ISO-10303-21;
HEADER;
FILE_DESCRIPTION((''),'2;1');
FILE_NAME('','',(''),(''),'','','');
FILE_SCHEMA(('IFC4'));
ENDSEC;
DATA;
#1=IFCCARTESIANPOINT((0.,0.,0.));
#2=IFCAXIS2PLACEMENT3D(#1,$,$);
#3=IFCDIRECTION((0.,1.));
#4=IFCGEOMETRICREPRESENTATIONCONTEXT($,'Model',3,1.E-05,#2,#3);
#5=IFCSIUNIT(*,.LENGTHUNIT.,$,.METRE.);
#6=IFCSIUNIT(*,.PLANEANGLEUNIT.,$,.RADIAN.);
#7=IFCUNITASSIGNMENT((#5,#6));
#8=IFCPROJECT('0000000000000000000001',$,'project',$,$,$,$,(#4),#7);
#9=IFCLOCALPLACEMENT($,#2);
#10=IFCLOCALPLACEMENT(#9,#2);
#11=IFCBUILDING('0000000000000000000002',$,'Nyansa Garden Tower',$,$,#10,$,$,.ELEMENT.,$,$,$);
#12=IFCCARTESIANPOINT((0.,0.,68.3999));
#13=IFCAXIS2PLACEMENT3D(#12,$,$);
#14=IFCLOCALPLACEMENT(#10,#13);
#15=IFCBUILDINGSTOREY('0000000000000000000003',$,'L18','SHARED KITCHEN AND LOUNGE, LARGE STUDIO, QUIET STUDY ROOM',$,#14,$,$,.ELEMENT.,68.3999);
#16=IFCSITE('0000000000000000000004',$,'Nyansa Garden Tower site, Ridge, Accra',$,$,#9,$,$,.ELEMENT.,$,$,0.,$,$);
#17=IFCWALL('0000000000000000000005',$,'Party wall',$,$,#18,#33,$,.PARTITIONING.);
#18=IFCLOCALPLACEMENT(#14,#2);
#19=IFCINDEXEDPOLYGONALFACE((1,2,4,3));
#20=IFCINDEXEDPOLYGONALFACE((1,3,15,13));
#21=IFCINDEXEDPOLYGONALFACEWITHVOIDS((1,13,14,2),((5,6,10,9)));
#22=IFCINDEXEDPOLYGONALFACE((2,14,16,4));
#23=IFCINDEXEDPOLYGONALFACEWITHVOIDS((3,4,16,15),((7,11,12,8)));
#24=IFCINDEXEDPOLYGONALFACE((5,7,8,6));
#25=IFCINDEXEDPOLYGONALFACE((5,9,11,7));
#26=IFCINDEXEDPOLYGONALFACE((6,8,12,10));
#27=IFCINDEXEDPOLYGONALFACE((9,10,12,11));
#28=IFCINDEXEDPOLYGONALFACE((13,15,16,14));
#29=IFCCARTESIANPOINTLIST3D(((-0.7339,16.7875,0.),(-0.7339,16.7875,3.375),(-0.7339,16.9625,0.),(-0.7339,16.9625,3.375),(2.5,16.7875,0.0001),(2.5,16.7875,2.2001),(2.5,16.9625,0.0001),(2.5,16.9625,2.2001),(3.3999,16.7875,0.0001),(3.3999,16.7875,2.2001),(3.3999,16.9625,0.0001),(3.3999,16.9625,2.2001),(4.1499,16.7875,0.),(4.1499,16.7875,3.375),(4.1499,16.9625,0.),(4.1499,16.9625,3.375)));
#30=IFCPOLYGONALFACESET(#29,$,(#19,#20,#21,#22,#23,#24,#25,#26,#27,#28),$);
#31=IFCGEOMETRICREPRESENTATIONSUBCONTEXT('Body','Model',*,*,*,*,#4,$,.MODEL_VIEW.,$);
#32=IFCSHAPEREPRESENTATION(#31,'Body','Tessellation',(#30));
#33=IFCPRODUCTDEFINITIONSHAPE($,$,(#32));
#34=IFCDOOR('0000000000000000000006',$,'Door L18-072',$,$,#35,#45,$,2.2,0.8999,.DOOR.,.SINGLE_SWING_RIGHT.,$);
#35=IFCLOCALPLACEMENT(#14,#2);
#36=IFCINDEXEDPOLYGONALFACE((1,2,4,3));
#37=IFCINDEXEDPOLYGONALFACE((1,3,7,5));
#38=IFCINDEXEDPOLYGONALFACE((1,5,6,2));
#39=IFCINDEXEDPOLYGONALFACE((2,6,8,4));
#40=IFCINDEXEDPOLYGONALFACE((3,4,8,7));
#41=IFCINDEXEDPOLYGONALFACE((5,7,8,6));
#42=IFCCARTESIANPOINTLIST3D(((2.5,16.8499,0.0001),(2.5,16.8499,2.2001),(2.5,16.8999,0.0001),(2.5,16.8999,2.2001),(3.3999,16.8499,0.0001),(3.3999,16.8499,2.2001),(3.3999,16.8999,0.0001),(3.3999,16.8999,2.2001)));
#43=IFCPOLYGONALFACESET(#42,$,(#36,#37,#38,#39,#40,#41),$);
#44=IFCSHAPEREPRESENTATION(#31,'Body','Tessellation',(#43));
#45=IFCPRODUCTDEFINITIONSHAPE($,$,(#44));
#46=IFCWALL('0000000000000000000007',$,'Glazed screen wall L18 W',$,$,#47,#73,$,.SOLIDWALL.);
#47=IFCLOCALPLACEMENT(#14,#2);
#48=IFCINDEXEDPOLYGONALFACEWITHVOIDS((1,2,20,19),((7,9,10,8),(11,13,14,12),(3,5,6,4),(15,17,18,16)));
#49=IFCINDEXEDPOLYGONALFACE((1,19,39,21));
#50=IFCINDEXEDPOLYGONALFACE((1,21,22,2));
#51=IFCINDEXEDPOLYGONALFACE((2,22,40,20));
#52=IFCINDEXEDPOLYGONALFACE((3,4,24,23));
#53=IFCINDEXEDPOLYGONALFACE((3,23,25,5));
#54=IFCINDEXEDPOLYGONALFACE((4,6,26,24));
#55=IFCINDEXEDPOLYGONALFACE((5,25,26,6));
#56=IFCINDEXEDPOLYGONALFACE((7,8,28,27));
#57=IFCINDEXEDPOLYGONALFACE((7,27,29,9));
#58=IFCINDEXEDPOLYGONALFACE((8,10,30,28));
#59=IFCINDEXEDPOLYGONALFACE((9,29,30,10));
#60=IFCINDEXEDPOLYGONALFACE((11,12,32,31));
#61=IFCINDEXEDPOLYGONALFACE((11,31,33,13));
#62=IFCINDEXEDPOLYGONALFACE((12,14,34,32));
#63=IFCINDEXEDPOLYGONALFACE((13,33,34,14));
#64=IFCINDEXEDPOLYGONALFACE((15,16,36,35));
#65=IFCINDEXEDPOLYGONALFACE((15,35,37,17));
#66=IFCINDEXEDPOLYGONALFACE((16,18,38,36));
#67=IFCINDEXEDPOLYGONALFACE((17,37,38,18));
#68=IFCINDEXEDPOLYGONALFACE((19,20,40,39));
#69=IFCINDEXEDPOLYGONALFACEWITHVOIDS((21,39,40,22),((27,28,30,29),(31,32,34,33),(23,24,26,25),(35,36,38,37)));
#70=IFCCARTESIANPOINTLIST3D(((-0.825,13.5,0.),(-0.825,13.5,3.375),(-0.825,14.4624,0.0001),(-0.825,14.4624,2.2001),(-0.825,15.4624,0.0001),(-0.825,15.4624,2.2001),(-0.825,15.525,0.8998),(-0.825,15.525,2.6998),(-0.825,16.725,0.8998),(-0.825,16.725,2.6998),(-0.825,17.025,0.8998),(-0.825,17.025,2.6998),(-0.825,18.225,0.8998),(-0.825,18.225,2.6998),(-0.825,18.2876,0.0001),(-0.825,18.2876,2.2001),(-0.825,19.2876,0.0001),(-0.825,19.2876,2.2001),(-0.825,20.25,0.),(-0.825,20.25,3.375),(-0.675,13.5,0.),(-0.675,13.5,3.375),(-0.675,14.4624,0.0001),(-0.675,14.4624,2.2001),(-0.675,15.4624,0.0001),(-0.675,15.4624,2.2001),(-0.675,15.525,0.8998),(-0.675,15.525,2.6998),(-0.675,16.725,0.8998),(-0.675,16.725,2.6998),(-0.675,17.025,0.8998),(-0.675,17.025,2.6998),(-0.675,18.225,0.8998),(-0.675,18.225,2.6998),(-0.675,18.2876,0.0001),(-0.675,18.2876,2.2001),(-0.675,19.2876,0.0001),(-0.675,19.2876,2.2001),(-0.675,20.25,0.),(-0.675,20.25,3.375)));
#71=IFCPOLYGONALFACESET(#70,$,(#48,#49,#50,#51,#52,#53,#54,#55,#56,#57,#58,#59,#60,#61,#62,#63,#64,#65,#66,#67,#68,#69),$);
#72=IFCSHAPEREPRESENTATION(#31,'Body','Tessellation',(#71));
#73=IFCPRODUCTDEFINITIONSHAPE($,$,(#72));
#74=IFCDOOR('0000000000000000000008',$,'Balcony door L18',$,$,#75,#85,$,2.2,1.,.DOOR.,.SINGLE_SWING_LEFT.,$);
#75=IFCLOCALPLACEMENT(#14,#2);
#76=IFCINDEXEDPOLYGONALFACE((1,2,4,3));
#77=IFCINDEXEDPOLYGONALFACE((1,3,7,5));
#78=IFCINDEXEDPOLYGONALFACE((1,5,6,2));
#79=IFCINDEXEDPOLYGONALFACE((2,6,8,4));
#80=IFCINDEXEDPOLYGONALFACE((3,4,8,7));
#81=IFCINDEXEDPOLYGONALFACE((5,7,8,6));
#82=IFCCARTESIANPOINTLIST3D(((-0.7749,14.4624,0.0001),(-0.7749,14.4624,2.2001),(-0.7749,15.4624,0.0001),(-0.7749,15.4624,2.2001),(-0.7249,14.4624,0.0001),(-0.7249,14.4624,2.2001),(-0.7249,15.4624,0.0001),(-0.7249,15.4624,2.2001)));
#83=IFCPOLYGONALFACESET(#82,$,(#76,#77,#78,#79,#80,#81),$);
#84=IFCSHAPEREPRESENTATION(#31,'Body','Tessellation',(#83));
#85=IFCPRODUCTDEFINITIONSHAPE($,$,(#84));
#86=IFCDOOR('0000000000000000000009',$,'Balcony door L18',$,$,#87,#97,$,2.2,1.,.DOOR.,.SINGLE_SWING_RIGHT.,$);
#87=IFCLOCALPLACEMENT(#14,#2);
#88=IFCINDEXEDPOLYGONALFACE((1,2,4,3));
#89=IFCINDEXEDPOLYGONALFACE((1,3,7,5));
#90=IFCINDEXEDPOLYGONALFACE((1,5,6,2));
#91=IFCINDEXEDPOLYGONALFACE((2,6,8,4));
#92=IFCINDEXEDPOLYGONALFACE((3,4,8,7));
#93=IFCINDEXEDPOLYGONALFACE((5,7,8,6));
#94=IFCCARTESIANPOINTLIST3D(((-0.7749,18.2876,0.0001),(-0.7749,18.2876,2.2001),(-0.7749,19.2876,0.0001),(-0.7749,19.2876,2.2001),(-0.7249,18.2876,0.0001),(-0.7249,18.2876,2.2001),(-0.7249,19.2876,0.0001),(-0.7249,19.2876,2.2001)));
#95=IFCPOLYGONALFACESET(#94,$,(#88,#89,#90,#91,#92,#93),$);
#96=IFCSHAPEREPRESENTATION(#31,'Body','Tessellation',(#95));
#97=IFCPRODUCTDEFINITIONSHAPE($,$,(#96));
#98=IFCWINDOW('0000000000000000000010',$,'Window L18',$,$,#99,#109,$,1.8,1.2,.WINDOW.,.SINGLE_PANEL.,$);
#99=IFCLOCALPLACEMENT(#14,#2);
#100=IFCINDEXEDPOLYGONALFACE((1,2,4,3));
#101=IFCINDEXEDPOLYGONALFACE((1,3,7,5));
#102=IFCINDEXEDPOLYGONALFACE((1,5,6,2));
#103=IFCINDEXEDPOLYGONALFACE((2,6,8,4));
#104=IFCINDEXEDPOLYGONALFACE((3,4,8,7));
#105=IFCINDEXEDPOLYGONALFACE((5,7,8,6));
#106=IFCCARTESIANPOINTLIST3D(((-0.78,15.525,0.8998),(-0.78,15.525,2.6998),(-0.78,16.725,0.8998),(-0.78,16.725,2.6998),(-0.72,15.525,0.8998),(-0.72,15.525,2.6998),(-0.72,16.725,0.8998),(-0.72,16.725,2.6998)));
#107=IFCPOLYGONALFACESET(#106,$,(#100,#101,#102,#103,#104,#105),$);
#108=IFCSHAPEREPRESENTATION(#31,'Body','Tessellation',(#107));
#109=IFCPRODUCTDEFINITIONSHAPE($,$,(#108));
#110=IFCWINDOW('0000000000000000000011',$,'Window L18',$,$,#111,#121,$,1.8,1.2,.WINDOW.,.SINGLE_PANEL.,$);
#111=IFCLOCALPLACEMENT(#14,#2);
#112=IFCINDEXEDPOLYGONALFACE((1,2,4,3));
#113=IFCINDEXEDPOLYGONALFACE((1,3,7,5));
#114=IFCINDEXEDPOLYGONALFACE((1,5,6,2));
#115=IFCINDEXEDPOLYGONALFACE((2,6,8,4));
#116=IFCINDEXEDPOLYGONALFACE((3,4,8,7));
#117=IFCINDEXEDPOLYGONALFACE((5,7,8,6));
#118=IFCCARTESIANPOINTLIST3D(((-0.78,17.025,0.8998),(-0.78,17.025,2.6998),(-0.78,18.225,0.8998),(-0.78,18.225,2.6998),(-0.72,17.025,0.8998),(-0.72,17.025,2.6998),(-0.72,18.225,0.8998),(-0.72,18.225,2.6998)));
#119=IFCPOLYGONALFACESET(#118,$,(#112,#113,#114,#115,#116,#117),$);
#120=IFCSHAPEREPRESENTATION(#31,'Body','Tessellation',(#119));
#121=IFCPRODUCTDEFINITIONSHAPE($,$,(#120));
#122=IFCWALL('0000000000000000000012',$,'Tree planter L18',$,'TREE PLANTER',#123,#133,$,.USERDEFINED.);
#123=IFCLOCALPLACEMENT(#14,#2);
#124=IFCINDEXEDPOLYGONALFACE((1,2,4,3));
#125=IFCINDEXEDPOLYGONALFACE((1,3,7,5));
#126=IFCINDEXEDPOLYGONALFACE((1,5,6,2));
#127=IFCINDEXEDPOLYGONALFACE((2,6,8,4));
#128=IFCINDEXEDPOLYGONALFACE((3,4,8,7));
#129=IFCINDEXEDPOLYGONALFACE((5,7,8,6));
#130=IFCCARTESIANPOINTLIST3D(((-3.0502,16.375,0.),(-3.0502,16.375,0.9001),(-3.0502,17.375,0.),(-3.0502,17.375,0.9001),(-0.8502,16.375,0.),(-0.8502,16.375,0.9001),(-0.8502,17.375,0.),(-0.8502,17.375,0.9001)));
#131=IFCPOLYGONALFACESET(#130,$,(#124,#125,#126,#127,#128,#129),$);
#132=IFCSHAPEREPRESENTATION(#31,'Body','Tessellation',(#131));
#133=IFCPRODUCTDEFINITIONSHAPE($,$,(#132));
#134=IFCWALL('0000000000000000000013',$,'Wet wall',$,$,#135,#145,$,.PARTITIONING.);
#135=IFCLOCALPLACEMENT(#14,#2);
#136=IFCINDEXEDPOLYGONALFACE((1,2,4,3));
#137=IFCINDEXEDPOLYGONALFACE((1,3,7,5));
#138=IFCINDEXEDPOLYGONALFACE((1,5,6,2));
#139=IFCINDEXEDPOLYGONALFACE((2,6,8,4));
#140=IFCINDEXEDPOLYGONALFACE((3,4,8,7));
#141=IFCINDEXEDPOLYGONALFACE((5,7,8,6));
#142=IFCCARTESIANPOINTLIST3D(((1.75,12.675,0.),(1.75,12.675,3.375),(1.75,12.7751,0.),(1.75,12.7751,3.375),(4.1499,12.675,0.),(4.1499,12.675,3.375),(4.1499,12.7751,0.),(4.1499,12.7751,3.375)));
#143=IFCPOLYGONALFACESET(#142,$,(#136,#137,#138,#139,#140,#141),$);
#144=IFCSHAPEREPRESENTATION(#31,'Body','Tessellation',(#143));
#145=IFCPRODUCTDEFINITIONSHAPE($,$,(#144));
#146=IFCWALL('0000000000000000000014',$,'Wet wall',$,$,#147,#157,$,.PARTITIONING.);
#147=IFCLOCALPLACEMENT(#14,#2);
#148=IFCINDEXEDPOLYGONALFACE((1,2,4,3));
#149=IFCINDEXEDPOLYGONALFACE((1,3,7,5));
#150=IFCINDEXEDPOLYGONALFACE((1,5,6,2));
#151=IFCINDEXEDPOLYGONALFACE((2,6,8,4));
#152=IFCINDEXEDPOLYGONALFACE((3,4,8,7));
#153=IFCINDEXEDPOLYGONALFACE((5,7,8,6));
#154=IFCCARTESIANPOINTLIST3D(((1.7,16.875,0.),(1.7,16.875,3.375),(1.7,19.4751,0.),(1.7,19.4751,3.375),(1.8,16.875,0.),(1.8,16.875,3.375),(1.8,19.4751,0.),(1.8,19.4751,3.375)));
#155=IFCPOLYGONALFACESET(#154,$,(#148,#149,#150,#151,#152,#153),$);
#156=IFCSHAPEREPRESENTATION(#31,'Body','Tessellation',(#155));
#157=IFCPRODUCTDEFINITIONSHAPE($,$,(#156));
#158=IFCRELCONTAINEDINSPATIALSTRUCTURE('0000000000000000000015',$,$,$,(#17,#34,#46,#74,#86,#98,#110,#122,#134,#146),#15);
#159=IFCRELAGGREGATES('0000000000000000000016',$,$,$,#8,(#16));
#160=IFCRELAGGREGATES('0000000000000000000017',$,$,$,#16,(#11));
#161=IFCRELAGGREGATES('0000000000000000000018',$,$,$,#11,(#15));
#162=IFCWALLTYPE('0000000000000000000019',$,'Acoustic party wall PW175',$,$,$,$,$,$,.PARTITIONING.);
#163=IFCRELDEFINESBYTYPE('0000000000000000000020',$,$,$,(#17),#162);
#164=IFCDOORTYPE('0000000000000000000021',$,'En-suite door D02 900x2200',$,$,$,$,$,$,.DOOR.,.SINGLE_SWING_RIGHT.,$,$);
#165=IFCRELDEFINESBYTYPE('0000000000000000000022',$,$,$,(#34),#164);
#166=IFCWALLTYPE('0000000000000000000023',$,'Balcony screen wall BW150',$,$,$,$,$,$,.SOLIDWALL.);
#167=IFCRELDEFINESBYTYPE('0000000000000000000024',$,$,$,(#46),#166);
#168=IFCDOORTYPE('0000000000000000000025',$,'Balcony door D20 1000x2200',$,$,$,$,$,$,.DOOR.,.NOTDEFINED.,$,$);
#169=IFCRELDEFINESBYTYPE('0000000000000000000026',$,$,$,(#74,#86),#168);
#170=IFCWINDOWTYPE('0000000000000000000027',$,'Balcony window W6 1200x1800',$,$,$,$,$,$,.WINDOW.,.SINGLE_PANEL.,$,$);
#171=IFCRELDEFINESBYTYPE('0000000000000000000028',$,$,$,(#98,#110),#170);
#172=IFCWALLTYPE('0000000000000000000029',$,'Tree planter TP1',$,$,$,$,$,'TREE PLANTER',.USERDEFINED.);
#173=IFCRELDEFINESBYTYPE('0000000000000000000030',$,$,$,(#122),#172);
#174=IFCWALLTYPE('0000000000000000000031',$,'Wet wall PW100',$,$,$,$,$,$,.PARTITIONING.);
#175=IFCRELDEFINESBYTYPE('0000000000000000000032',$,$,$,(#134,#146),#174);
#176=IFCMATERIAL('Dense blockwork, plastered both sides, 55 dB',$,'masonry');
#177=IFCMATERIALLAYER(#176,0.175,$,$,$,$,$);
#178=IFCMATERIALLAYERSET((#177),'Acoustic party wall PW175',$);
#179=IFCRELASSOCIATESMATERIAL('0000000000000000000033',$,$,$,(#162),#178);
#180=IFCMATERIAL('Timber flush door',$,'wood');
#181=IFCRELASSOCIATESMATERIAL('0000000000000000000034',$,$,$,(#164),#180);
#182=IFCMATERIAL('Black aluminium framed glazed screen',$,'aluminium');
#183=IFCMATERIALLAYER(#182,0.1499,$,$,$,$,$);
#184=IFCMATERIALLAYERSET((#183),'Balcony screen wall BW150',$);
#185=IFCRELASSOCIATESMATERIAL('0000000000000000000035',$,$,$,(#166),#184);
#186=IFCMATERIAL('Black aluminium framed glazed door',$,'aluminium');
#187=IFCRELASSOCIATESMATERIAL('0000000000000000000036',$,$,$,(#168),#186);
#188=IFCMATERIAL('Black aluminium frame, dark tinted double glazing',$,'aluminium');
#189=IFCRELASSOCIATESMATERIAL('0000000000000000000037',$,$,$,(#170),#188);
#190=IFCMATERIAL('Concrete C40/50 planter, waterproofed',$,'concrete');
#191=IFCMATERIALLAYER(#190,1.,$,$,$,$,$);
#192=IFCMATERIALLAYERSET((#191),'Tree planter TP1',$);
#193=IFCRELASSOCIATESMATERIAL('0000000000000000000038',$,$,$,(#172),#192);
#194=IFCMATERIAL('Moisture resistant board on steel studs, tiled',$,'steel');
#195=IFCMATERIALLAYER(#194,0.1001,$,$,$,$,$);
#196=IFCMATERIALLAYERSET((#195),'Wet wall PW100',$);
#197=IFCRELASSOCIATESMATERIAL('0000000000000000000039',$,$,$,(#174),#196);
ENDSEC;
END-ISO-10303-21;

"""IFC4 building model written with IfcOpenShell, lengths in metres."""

from ifc_helpers import new_model, si_unit, direction, frame, frame_2d, origin, place, context, subcontext, project, spatial, rectangle, extrude, material, layer, layer_set, type_object, element, fill, save


model = new_model("IFC4")

# Units and contexts
model_context = context("Model", 3, precision=1e-05, world=origin(), true_north=direction((0.0, 1.0)))
body_context = subcontext(model_context, "Body", "Model", "MODEL_VIEW")
ifc_project = project(units=[si_unit("LENGTHUNIT", "METRE"), si_unit("PLANEANGLEUNIT", "RADIAN")], contexts=[model_context])

# Site, building, storey
site_placement = place(None, origin())
site = spatial("IfcSite", under=ifc_project, at=site_placement, Name="Nyansa Garden Tower site, Ridge, Accra", CompositionType="ELEMENT", RefElevation=0.0)
building_placement = place(site_placement, origin())
building = spatial("IfcBuilding", under=site, at=building_placement, Name="Nyansa Garden Tower", CompositionType="ELEMENT")
storey_placement = place(building_placement, frame((0.0, 0.0, 68.3999)))
storey = spatial("IfcBuildingStorey", under=building, at=storey_placement, Name="L18", Description="SHARED KITCHEN AND LOUNGE, LARGE STUDIO, QUIET STUDY ROOM", CompositionType="ELEMENT", Elevation=68.3999)

# Wall, opening, door
ifc_material_1 = material(Name="Dense blockwork, plastered both sides, 55 dB", Category="masonry")
ifc_layer_1 = layer(ifc_material_1, 0.175)
ifc_layer_set_1 = layer_set([ifc_layer_1], Name="Acoustic party wall PW175")
wall_type_1 = type_object("IfcWallType", Name="Acoustic party wall PW175", PredefinedType="PARTITIONING", material=ifc_layer_set_1)
wall_1_placement = place(storey_placement, frame((-0.7339, 16.875, 0.0), z_axis=(0.0, 0.0, 1.0), x_axis=(1.0, 0.0, 0.0)))
wall_1 = element("IfcWall", 1, at=wall_1_placement, inside=storey, type_object=wall_type_1, Name="Party wall", PredefinedType="PARTITIONING", context=body_context, shape_type="SweptSolid", body=[
    extrude(rectangle(XDim=4.8838, YDim=0.175, at=frame_2d((2.4419, 0.0))), origin(), (0.0, 0.0, 1.0), 3.375),
])
opening_1_placement = place(wall_1_placement, frame((3.2339, 0.0, 0.0)))
opening_1 = element("IfcOpeningElement", 2, at=opening_1_placement, cuts=wall_1, PredefinedType="OPENING", context=body_context, shape_type="SweptSolid", body=[
    extrude(rectangle(XDim=0.8999, YDim=2.2, at=frame_2d((0.45, 1.1001))), frame((0.0, 0.0974, 0.0), z_axis=(0.0, -1.0, 0.0), x_axis=(1.0, 0.0, 0.0)), (0.0, 0.0, 1.0), 0.1951),
])
ifc_material_2 = material(Name="Timber flush door", Category="wood")
door_type_1 = type_object("IfcDoorType", Name="En-suite door D02 900x2200", OperationType="SINGLE_SWING_RIGHT", PredefinedType="DOOR", material=ifc_material_2)
door_1_placement = place(opening_1_placement, origin())
door_1 = element("IfcDoor", 3, at=door_1_placement, inside=storey, type_object=door_type_1, Name="Door L18-072", OperationType="SINGLE_SWING_RIGHT", OverallHeight=2.2, OverallWidth=0.8999, PredefinedType="DOOR", context=body_context, shape_type="SweptSolid", body=[
    extrude(rectangle(XDim=0.8999, YDim=2.2, at=frame_2d((0.45, 1.1001))), frame((0.0, 0.0249, 0.0), z_axis=(0.0, -1.0, 0.0), x_axis=(1.0, 0.0, 0.0)), (0.0, 0.0, 1.0), 0.05),
])
fill(opening_1, door_1)

# Wall, openings, doors, windows
ifc_material_3 = material(Name="Black aluminium framed glazed screen", Category="aluminium")
ifc_layer_2 = layer(ifc_material_3, 0.1499)
ifc_layer_set_2 = layer_set([ifc_layer_2], Name="Balcony screen wall BW150")
wall_type_2 = type_object("IfcWallType", Name="Balcony screen wall BW150", PredefinedType="SOLIDWALL", material=ifc_layer_set_2)
wall_2_placement = place(storey_placement, frame((-0.75, 13.5, 0.0), z_axis=(0.0, 0.0, 1.0), x_axis=(0.0, 1.0, 0.0)))
wall_2 = element("IfcWall", 4, at=wall_2_placement, inside=storey, type_object=wall_type_2, Name="Glazed screen wall L18 W", PredefinedType="SOLIDWALL", context=body_context, shape_type="SweptSolid", body=[
    extrude(rectangle(XDim=6.75, YDim=0.1499, at=frame_2d((3.375, 0.0))), origin(), (0.0, 0.0, 1.0), 3.375),
])
opening_2_placement = place(wall_2_placement, frame((0.9624, 0.0, 0.0)))
opening_2 = element("IfcOpeningElement", 5, at=opening_2_placement, cuts=wall_2, PredefinedType="OPENING", context=body_context, shape_type="SweptSolid", body=[
    extrude(rectangle(XDim=1.0, YDim=2.2, at=frame_2d((0.5, 1.1001))), frame((0.0, 0.085, 0.0), z_axis=(0.0, -1.0, 0.0), x_axis=(1.0, 0.0, 0.0)), (0.0, 0.0, 1.0), 0.1699),
])
opening_3_placement = place(wall_2_placement, frame((2.0249, 0.0, 0.8999)))
opening_3 = element("IfcOpeningElement", 6, at=opening_3_placement, cuts=wall_2, PredefinedType="OPENING", context=body_context, shape_type="SweptSolid", body=[
    extrude(rectangle(XDim=1.2, YDim=1.8, at=frame_2d((0.6001, 0.8999))), frame((0.0, 0.085, 0.0), z_axis=(0.0, -1.0, 0.0), x_axis=(1.0, 0.0, 0.0)), (0.0, 0.0, 1.0), 0.1699),
])
opening_4_placement = place(wall_2_placement, frame((4.7876, 0.0, 0.0)))
opening_4 = element("IfcOpeningElement", 7, at=opening_4_placement, cuts=wall_2, PredefinedType="OPENING", context=body_context, shape_type="SweptSolid", body=[
    extrude(rectangle(XDim=1.0, YDim=2.2, at=frame_2d((0.5, 1.1001))), frame((0.0, 0.085, 0.0), z_axis=(0.0, -1.0, 0.0), x_axis=(1.0, 0.0, 0.0)), (0.0, 0.0, 1.0), 0.1699),
])
opening_5_placement = place(wall_2_placement, frame((3.5249, 0.0, 0.8999)))
opening_5 = element("IfcOpeningElement", 8, at=opening_5_placement, cuts=wall_2, PredefinedType="OPENING", context=body_context, shape_type="SweptSolid", body=[
    extrude(rectangle(XDim=1.2, YDim=1.8, at=frame_2d((0.6001, 0.8999))), frame((0.0, 0.085, 0.0), z_axis=(0.0, -1.0, 0.0), x_axis=(1.0, 0.0, 0.0)), (0.0, 0.0, 1.0), 0.1699),
])
ifc_material_4 = material(Name="Black aluminium framed glazed door", Category="aluminium")
door_type_2 = type_object("IfcDoorType", Name="Balcony door D20 1000x2200", OperationType="NOTDEFINED", PredefinedType="DOOR", material=ifc_material_4)
door_2_placement = place(opening_2_placement, origin())
door_2 = element("IfcDoor", 9, at=door_2_placement, inside=storey, type_object=door_type_2, Name="Balcony door L18", OperationType="SINGLE_SWING_LEFT", OverallHeight=2.2, OverallWidth=1.0, PredefinedType="DOOR", context=body_context, shape_type="SweptSolid", body=[
    extrude(rectangle(XDim=1.0, YDim=2.2, at=frame_2d((0.5, 1.1001))), frame((0.0, 0.0249, 0.0), z_axis=(0.0, -1.0, 0.0), x_axis=(1.0, 0.0, 0.0)), (0.0, 0.0, 1.0), 0.05),
])
fill(opening_2, door_2)
door_3_placement = place(opening_4_placement, origin())
door_3 = element("IfcDoor", 10, at=door_3_placement, inside=storey, type_object=door_type_2, Name="Balcony door L18", OperationType="SINGLE_SWING_RIGHT", OverallHeight=2.2, OverallWidth=1.0, PredefinedType="DOOR", context=body_context, shape_type="SweptSolid", body=[
    extrude(rectangle(XDim=1.0, YDim=2.2, at=frame_2d((0.5, 1.1001))), frame((0.0, 0.0249, 0.0), z_axis=(0.0, -1.0, 0.0), x_axis=(1.0, 0.0, 0.0)), (0.0, 0.0, 1.0), 0.05),
])
fill(opening_4, door_3)
ifc_material_5 = material(Name="Black aluminium frame, dark tinted double glazing", Category="aluminium")
window_type = type_object("IfcWindowType", Name="Balcony window W6 1200x1800", PartitioningType="SINGLE_PANEL", PredefinedType="WINDOW", material=ifc_material_5)
window_1_placement = place(opening_3_placement, origin())
window_1 = element("IfcWindow", 11, at=window_1_placement, inside=storey, type_object=window_type, Name="Window L18", OverallHeight=1.8, OverallWidth=1.2, PartitioningType="SINGLE_PANEL", PredefinedType="WINDOW", context=body_context, shape_type="SweptSolid", body=[
    extrude(rectangle(XDim=1.2, YDim=1.8, at=frame_2d((0.6001, 0.8999))), frame((0.0, 0.03, 0.0), z_axis=(0.0, -1.0, 0.0), x_axis=(1.0, 0.0, 0.0)), (0.0, 0.0, 1.0), 0.0601),
])
fill(opening_3, window_1)
window_2_placement = place(opening_5_placement, origin())
window_2 = element("IfcWindow", 12, at=window_2_placement, inside=storey, type_object=window_type, Name="Window L18", OverallHeight=1.8, OverallWidth=1.2, PartitioningType="SINGLE_PANEL", PredefinedType="WINDOW", context=body_context, shape_type="SweptSolid", body=[
    extrude(rectangle(XDim=1.2, YDim=1.8, at=frame_2d((0.6001, 0.8999))), frame((0.0, 0.03, 0.0), z_axis=(0.0, -1.0, 0.0), x_axis=(1.0, 0.0, 0.0)), (0.0, 0.0, 1.0), 0.0601),
])
fill(opening_5, window_2)

# Walls
ifc_material_6 = material(Name="Concrete C40/50 planter, waterproofed", Category="concrete")
ifc_layer_3 = layer(ifc_material_6, 1.0)
ifc_layer_set_3 = layer_set([ifc_layer_3], Name="Tree planter TP1")
wall_type_3 = type_object("IfcWallType", Name="Tree planter TP1", ElementType="TREE PLANTER", PredefinedType="USERDEFINED", material=ifc_layer_set_3)
wall_3_placement = place(storey_placement, frame((-0.8501, 16.875, 0.0), z_axis=(0.0, 0.0, 1.0), x_axis=(-1.0, 0.0, 0.0)))
element("IfcWall", 13, at=wall_3_placement, inside=storey, type_object=wall_type_3, Name="Tree planter L18", ObjectType="TREE PLANTER", PredefinedType="USERDEFINED", context=body_context, shape_type="SweptSolid", body=[
    extrude(rectangle(XDim=2.2, YDim=1.0, at=frame_2d((1.1001, 0.0))), origin(), (0.0, 0.0, 1.0), 0.9001),
])
ifc_material_7 = material(Name="Moisture resistant board on steel studs, tiled", Category="steel")
ifc_layer_4 = layer(ifc_material_7, 0.1001)
ifc_layer_set_4 = layer_set([ifc_layer_4], Name="Wet wall PW100")
wall_type_4 = type_object("IfcWallType", Name="Wet wall PW100", PredefinedType="PARTITIONING", material=ifc_layer_set_4)
wall_4_placement = place(storey_placement, frame((1.75, 12.7251, 0.0), z_axis=(0.0, 0.0, 1.0), x_axis=(1.0, 0.0, 0.0)))
element("IfcWall", 14, at=wall_4_placement, inside=storey, type_object=wall_type_4, Name="Wet wall", PredefinedType="PARTITIONING", context=body_context, shape_type="SweptSolid", body=[
    extrude(rectangle(XDim=2.3999, YDim=0.1001, at=frame_2d((1.2, 0.0))), origin(), (0.0, 0.0, 1.0), 3.375),
])
wall_5_placement = place(storey_placement, frame((1.75, 16.875, 0.0), z_axis=(0.0, 0.0, 1.0), x_axis=(0.0, 1.0, 0.0)))
element("IfcWall", 15, at=wall_5_placement, inside=storey, type_object=wall_type_4, Name="Wet wall", PredefinedType="PARTITIONING", context=body_context, shape_type="SweptSolid", body=[
    extrude(rectangle(XDim=2.6001, YDim=0.1001, at=frame_2d((1.3, 0.0))), origin(), (0.0, 0.0, 1.0), 3.375),
])

save(model, "model.ifc")
